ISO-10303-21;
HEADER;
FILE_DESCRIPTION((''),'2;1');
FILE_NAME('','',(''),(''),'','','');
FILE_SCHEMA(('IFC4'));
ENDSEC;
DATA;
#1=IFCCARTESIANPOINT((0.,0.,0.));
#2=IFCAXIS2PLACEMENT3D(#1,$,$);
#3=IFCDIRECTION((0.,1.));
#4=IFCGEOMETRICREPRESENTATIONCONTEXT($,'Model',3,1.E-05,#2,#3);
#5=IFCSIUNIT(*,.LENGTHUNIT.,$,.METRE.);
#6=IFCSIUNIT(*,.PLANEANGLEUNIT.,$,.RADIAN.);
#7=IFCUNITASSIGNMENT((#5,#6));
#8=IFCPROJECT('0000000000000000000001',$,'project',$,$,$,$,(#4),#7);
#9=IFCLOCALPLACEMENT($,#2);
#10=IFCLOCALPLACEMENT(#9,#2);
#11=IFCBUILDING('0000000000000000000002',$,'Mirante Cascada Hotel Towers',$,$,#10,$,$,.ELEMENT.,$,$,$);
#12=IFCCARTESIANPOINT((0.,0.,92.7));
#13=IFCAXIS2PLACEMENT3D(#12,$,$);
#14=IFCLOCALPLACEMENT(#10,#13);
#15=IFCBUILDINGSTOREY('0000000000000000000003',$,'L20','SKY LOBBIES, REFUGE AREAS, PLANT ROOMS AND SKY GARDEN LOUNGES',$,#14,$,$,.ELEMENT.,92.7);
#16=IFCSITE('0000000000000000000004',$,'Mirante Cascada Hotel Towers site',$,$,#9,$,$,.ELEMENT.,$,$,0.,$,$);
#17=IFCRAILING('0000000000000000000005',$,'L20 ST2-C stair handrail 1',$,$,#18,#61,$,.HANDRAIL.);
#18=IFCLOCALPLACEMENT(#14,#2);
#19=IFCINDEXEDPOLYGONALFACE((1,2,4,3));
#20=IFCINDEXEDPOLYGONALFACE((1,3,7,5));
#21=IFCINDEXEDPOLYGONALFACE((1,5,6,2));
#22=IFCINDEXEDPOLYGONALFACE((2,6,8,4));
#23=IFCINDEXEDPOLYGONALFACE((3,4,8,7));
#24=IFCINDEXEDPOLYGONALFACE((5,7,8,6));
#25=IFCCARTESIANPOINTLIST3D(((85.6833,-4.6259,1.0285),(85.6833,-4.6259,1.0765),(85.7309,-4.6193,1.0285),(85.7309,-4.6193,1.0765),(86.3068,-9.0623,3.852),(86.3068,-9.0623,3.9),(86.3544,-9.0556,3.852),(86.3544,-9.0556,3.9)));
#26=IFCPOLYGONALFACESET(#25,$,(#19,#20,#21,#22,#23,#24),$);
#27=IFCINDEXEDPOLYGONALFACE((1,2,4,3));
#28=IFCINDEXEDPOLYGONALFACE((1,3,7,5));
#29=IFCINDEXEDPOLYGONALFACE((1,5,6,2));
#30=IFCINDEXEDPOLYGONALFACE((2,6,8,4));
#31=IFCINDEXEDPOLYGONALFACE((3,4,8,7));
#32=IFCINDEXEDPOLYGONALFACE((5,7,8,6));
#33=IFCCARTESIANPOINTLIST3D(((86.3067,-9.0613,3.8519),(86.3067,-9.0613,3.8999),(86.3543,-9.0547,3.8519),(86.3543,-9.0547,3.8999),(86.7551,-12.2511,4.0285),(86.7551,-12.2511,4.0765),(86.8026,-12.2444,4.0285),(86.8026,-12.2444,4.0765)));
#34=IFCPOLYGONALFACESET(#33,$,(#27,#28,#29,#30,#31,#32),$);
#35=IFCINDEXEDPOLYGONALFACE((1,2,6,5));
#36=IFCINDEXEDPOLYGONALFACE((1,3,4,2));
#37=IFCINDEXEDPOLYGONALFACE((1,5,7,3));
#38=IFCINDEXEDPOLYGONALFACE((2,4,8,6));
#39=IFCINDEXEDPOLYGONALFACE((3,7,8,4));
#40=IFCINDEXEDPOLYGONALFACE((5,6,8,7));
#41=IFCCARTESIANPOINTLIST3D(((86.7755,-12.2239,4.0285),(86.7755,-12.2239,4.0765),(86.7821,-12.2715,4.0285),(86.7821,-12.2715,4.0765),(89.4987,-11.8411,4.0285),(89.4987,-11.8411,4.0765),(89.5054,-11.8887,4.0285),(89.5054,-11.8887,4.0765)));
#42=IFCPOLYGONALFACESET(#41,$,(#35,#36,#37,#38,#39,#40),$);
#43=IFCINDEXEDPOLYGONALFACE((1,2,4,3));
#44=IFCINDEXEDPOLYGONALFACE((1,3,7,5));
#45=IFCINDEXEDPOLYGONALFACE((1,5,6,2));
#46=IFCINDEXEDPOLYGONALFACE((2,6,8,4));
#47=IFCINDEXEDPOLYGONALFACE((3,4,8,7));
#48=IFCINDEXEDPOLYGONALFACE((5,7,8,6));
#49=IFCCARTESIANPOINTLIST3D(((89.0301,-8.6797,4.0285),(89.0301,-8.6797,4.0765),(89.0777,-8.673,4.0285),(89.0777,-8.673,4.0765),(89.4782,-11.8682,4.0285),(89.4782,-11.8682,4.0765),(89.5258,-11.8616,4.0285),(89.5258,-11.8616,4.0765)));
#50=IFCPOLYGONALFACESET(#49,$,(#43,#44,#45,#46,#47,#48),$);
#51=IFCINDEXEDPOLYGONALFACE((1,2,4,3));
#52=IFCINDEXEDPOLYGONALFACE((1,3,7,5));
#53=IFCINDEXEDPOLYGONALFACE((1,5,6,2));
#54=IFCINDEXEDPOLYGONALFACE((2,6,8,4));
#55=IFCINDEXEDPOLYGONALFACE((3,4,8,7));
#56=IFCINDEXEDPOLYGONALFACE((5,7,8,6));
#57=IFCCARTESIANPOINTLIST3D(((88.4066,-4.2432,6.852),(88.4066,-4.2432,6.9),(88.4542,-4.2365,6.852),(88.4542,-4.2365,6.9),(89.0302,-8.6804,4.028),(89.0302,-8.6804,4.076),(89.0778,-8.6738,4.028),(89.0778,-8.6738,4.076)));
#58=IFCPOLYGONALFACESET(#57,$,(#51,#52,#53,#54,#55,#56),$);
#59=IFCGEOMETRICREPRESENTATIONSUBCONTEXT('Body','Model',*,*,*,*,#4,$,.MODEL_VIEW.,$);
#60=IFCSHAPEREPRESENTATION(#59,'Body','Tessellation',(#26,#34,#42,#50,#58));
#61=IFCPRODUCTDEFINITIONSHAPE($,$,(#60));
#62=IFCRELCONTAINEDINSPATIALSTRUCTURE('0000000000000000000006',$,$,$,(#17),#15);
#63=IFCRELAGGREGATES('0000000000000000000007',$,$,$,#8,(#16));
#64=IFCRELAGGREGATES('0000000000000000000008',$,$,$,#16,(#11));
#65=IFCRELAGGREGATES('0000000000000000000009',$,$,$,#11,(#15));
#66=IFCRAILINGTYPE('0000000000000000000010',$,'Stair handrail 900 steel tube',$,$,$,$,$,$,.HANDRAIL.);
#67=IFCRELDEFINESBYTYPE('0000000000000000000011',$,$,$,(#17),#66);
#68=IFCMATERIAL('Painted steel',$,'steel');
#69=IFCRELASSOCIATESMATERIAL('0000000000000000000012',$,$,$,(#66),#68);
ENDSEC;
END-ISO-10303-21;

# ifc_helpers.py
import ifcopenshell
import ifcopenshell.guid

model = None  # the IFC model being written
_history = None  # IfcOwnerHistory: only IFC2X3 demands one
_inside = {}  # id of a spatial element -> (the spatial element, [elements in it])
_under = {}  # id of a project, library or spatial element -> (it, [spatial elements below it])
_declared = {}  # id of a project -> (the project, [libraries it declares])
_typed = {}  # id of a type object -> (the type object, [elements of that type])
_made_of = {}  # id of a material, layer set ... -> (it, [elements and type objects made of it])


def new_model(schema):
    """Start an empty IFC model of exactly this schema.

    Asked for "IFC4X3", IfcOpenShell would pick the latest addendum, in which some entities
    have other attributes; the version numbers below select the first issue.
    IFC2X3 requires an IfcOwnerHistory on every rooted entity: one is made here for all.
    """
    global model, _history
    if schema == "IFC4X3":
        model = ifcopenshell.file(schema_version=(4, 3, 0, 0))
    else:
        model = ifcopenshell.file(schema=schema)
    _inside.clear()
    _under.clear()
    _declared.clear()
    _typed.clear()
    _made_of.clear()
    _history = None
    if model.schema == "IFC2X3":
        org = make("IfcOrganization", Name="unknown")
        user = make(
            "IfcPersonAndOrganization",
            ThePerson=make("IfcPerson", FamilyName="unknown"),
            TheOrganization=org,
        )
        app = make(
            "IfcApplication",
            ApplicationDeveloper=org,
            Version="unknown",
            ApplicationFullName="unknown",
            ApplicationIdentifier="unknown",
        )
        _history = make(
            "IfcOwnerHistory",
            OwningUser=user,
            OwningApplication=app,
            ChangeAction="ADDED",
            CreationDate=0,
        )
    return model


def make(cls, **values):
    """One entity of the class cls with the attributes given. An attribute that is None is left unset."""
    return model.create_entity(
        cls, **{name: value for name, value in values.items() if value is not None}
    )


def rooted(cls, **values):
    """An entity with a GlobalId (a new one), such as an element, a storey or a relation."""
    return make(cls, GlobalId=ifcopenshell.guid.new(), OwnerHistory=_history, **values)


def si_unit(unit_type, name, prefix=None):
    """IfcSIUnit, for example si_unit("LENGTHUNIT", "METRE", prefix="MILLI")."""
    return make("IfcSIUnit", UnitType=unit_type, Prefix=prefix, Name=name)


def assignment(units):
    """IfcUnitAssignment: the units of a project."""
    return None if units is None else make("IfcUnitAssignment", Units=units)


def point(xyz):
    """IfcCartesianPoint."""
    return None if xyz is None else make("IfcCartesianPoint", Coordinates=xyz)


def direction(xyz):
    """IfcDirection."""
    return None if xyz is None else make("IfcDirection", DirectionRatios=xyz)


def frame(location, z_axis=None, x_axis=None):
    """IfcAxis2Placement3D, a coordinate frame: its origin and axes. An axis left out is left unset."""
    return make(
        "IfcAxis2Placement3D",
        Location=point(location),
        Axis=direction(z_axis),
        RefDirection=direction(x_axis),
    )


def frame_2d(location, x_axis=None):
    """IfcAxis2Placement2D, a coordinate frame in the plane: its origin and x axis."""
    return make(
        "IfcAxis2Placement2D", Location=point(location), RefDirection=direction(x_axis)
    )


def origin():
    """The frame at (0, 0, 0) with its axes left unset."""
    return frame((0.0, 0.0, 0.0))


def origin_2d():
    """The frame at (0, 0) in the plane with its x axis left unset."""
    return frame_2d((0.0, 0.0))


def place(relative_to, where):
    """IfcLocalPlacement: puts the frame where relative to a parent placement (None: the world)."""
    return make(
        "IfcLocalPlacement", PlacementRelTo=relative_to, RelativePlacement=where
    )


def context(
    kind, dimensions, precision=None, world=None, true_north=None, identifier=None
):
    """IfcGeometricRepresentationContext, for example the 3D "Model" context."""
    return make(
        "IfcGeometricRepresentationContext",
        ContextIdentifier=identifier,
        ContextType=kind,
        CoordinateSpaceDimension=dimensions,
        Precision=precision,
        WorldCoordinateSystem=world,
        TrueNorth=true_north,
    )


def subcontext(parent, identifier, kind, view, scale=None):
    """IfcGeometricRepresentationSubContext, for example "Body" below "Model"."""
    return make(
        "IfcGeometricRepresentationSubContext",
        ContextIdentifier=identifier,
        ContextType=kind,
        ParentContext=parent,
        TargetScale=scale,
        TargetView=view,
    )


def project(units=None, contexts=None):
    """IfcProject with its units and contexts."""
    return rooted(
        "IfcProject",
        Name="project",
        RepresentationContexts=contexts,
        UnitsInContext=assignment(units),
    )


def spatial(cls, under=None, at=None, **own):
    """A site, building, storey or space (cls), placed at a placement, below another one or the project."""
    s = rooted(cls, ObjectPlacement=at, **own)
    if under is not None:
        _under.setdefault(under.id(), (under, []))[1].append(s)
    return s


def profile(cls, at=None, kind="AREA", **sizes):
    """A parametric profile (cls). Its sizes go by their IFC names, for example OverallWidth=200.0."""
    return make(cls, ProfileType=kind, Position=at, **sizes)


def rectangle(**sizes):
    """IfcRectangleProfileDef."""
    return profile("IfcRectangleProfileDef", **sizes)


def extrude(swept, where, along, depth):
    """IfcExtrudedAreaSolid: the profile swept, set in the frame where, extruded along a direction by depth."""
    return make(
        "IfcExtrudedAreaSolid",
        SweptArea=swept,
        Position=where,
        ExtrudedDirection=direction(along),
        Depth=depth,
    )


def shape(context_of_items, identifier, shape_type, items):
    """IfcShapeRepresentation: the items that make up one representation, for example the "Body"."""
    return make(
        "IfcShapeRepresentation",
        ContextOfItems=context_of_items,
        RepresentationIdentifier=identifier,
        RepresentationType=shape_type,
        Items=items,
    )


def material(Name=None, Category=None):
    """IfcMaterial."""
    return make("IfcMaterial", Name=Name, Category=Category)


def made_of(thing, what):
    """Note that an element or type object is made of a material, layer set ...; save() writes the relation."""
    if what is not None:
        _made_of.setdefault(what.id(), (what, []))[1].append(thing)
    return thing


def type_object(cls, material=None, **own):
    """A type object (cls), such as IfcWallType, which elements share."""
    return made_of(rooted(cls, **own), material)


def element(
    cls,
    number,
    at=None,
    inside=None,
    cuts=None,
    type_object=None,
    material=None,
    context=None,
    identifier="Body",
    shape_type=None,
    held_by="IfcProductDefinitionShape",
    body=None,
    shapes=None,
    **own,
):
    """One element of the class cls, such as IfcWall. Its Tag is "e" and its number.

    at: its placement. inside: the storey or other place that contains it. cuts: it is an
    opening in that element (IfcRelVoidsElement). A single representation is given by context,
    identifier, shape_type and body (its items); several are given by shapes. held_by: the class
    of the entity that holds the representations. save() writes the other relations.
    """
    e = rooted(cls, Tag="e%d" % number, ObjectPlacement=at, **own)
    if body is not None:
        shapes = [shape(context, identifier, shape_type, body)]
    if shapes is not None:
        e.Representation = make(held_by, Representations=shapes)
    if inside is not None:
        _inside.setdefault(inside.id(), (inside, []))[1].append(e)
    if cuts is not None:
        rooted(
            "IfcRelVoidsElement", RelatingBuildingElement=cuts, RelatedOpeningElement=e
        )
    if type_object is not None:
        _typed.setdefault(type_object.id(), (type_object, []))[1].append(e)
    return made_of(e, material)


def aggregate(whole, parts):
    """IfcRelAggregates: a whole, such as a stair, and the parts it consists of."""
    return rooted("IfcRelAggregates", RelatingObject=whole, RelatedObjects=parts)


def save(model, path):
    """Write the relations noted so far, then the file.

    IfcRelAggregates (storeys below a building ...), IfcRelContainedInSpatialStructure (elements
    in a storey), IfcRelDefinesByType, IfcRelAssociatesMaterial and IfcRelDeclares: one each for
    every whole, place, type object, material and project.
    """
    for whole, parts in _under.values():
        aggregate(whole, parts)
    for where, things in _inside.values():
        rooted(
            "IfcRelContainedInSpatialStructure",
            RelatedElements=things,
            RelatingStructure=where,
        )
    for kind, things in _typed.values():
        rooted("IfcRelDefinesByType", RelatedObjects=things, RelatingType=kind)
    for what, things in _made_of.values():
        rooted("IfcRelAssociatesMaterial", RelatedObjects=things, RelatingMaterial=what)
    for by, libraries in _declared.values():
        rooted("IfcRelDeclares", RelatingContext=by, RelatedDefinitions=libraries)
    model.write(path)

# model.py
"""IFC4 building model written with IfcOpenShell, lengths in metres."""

from ifc_helpers import new_model, si_unit, direction, frame, origin, origin_2d, place, context, subcontext, project, spatial, rectangle, extrude, material, type_object, element, save


model = new_model("IFC4")

# Units and contexts
model_context = context("Model", 3, precision=1e-05, world=origin(), true_north=direction((0.0, 1.0)))
body_context = subcontext(model_context, "Body", "Model", "MODEL_VIEW")
ifc_project = project(units=[si_unit("LENGTHUNIT", "METRE"), si_unit("PLANEANGLEUNIT", "RADIAN")], contexts=[model_context])

# Site, building, storey
site_placement = place(None, origin())
site = spatial("IfcSite", under=ifc_project, at=site_placement, Name="Mirante Cascada Hotel Towers site", CompositionType="ELEMENT", RefElevation=0.0)
building_placement = place(site_placement, origin())
building = spatial("IfcBuilding", under=site, at=building_placement, Name="Mirante Cascada Hotel Towers", CompositionType="ELEMENT")
storey_placement = place(building_placement, frame((0.0, 0.0, 92.7)))
storey = spatial("IfcBuildingStorey", under=building, at=storey_placement, Name="L20", Description="SKY LOBBIES, REFUGE AREAS, PLANT ROOMS AND SKY GARDEN LOUNGES", CompositionType="ELEMENT", Elevation=92.7)

# Railing
ifc_material_1 = material(Name="Painted steel", Category="steel")
railing_type_1 = type_object("IfcRailingType", Name="Stair handrail 900 steel tube", PredefinedType="HANDRAIL", material=ifc_material_1)
railing_1_placement = place(storey_placement, frame((85.7071, -4.6226, 0.1765)))
element("IfcRailing", 1, at=railing_1_placement, inside=storey, type_object=railing_type_1, Name="L20 ST2-C stair handrail 1", PredefinedType="HANDRAIL", context=body_context, shape_type="SweptSolid", body=[
    extrude(rectangle(XDim=0.048, YDim=0.048, at=origin_2d()), frame((0.0, 0.0, 0.876), z_axis=(0.139174, -0.990268, 0.0), x_axis=(0.990268, 0.139174, 0.0)), (0.0, 0.533186, 0.845998), 5.2955),
    extrude(rectangle(XDim=0.048, YDim=0.048, at=origin_2d()), frame((0.6234, -4.4354, 3.6994), z_axis=(0.139191, -0.990266, 0.0), x_axis=(0.990266, 0.139191, 0.0)), (0.0, 0.054731, 0.998501), 3.2259),
    extrude(rectangle(XDim=0.048, YDim=0.048, at=origin_2d()), frame((1.0717, -7.6251, 3.876), z_axis=(0.990264, 0.139201, 0.0), x_axis=(-0.139201, 0.990264, 0.0)), (0.0, 0.0, 1.0), 2.75),
    extrude(rectangle(XDim=0.048, YDim=0.048, at=origin_2d()), frame((3.7949, -7.2423, 3.876), z_axis=(-0.139164, 0.990269, 0.0), x_axis=(-0.990269, -0.139164, 0.0)), (0.0, 0.0, 1.0), 3.2199),
    extrude(rectangle(XDim=0.048, YDim=0.048, at=origin_2d()), frame((3.3469, -4.0545, 3.8755), z_axis=(-0.139174, 0.990268, 0.0), x_axis=(-0.990268, -0.139174, 0.0)), (0.0, 0.533186, 0.845998), 5.2965),
])

save(model, "model.ifc")
